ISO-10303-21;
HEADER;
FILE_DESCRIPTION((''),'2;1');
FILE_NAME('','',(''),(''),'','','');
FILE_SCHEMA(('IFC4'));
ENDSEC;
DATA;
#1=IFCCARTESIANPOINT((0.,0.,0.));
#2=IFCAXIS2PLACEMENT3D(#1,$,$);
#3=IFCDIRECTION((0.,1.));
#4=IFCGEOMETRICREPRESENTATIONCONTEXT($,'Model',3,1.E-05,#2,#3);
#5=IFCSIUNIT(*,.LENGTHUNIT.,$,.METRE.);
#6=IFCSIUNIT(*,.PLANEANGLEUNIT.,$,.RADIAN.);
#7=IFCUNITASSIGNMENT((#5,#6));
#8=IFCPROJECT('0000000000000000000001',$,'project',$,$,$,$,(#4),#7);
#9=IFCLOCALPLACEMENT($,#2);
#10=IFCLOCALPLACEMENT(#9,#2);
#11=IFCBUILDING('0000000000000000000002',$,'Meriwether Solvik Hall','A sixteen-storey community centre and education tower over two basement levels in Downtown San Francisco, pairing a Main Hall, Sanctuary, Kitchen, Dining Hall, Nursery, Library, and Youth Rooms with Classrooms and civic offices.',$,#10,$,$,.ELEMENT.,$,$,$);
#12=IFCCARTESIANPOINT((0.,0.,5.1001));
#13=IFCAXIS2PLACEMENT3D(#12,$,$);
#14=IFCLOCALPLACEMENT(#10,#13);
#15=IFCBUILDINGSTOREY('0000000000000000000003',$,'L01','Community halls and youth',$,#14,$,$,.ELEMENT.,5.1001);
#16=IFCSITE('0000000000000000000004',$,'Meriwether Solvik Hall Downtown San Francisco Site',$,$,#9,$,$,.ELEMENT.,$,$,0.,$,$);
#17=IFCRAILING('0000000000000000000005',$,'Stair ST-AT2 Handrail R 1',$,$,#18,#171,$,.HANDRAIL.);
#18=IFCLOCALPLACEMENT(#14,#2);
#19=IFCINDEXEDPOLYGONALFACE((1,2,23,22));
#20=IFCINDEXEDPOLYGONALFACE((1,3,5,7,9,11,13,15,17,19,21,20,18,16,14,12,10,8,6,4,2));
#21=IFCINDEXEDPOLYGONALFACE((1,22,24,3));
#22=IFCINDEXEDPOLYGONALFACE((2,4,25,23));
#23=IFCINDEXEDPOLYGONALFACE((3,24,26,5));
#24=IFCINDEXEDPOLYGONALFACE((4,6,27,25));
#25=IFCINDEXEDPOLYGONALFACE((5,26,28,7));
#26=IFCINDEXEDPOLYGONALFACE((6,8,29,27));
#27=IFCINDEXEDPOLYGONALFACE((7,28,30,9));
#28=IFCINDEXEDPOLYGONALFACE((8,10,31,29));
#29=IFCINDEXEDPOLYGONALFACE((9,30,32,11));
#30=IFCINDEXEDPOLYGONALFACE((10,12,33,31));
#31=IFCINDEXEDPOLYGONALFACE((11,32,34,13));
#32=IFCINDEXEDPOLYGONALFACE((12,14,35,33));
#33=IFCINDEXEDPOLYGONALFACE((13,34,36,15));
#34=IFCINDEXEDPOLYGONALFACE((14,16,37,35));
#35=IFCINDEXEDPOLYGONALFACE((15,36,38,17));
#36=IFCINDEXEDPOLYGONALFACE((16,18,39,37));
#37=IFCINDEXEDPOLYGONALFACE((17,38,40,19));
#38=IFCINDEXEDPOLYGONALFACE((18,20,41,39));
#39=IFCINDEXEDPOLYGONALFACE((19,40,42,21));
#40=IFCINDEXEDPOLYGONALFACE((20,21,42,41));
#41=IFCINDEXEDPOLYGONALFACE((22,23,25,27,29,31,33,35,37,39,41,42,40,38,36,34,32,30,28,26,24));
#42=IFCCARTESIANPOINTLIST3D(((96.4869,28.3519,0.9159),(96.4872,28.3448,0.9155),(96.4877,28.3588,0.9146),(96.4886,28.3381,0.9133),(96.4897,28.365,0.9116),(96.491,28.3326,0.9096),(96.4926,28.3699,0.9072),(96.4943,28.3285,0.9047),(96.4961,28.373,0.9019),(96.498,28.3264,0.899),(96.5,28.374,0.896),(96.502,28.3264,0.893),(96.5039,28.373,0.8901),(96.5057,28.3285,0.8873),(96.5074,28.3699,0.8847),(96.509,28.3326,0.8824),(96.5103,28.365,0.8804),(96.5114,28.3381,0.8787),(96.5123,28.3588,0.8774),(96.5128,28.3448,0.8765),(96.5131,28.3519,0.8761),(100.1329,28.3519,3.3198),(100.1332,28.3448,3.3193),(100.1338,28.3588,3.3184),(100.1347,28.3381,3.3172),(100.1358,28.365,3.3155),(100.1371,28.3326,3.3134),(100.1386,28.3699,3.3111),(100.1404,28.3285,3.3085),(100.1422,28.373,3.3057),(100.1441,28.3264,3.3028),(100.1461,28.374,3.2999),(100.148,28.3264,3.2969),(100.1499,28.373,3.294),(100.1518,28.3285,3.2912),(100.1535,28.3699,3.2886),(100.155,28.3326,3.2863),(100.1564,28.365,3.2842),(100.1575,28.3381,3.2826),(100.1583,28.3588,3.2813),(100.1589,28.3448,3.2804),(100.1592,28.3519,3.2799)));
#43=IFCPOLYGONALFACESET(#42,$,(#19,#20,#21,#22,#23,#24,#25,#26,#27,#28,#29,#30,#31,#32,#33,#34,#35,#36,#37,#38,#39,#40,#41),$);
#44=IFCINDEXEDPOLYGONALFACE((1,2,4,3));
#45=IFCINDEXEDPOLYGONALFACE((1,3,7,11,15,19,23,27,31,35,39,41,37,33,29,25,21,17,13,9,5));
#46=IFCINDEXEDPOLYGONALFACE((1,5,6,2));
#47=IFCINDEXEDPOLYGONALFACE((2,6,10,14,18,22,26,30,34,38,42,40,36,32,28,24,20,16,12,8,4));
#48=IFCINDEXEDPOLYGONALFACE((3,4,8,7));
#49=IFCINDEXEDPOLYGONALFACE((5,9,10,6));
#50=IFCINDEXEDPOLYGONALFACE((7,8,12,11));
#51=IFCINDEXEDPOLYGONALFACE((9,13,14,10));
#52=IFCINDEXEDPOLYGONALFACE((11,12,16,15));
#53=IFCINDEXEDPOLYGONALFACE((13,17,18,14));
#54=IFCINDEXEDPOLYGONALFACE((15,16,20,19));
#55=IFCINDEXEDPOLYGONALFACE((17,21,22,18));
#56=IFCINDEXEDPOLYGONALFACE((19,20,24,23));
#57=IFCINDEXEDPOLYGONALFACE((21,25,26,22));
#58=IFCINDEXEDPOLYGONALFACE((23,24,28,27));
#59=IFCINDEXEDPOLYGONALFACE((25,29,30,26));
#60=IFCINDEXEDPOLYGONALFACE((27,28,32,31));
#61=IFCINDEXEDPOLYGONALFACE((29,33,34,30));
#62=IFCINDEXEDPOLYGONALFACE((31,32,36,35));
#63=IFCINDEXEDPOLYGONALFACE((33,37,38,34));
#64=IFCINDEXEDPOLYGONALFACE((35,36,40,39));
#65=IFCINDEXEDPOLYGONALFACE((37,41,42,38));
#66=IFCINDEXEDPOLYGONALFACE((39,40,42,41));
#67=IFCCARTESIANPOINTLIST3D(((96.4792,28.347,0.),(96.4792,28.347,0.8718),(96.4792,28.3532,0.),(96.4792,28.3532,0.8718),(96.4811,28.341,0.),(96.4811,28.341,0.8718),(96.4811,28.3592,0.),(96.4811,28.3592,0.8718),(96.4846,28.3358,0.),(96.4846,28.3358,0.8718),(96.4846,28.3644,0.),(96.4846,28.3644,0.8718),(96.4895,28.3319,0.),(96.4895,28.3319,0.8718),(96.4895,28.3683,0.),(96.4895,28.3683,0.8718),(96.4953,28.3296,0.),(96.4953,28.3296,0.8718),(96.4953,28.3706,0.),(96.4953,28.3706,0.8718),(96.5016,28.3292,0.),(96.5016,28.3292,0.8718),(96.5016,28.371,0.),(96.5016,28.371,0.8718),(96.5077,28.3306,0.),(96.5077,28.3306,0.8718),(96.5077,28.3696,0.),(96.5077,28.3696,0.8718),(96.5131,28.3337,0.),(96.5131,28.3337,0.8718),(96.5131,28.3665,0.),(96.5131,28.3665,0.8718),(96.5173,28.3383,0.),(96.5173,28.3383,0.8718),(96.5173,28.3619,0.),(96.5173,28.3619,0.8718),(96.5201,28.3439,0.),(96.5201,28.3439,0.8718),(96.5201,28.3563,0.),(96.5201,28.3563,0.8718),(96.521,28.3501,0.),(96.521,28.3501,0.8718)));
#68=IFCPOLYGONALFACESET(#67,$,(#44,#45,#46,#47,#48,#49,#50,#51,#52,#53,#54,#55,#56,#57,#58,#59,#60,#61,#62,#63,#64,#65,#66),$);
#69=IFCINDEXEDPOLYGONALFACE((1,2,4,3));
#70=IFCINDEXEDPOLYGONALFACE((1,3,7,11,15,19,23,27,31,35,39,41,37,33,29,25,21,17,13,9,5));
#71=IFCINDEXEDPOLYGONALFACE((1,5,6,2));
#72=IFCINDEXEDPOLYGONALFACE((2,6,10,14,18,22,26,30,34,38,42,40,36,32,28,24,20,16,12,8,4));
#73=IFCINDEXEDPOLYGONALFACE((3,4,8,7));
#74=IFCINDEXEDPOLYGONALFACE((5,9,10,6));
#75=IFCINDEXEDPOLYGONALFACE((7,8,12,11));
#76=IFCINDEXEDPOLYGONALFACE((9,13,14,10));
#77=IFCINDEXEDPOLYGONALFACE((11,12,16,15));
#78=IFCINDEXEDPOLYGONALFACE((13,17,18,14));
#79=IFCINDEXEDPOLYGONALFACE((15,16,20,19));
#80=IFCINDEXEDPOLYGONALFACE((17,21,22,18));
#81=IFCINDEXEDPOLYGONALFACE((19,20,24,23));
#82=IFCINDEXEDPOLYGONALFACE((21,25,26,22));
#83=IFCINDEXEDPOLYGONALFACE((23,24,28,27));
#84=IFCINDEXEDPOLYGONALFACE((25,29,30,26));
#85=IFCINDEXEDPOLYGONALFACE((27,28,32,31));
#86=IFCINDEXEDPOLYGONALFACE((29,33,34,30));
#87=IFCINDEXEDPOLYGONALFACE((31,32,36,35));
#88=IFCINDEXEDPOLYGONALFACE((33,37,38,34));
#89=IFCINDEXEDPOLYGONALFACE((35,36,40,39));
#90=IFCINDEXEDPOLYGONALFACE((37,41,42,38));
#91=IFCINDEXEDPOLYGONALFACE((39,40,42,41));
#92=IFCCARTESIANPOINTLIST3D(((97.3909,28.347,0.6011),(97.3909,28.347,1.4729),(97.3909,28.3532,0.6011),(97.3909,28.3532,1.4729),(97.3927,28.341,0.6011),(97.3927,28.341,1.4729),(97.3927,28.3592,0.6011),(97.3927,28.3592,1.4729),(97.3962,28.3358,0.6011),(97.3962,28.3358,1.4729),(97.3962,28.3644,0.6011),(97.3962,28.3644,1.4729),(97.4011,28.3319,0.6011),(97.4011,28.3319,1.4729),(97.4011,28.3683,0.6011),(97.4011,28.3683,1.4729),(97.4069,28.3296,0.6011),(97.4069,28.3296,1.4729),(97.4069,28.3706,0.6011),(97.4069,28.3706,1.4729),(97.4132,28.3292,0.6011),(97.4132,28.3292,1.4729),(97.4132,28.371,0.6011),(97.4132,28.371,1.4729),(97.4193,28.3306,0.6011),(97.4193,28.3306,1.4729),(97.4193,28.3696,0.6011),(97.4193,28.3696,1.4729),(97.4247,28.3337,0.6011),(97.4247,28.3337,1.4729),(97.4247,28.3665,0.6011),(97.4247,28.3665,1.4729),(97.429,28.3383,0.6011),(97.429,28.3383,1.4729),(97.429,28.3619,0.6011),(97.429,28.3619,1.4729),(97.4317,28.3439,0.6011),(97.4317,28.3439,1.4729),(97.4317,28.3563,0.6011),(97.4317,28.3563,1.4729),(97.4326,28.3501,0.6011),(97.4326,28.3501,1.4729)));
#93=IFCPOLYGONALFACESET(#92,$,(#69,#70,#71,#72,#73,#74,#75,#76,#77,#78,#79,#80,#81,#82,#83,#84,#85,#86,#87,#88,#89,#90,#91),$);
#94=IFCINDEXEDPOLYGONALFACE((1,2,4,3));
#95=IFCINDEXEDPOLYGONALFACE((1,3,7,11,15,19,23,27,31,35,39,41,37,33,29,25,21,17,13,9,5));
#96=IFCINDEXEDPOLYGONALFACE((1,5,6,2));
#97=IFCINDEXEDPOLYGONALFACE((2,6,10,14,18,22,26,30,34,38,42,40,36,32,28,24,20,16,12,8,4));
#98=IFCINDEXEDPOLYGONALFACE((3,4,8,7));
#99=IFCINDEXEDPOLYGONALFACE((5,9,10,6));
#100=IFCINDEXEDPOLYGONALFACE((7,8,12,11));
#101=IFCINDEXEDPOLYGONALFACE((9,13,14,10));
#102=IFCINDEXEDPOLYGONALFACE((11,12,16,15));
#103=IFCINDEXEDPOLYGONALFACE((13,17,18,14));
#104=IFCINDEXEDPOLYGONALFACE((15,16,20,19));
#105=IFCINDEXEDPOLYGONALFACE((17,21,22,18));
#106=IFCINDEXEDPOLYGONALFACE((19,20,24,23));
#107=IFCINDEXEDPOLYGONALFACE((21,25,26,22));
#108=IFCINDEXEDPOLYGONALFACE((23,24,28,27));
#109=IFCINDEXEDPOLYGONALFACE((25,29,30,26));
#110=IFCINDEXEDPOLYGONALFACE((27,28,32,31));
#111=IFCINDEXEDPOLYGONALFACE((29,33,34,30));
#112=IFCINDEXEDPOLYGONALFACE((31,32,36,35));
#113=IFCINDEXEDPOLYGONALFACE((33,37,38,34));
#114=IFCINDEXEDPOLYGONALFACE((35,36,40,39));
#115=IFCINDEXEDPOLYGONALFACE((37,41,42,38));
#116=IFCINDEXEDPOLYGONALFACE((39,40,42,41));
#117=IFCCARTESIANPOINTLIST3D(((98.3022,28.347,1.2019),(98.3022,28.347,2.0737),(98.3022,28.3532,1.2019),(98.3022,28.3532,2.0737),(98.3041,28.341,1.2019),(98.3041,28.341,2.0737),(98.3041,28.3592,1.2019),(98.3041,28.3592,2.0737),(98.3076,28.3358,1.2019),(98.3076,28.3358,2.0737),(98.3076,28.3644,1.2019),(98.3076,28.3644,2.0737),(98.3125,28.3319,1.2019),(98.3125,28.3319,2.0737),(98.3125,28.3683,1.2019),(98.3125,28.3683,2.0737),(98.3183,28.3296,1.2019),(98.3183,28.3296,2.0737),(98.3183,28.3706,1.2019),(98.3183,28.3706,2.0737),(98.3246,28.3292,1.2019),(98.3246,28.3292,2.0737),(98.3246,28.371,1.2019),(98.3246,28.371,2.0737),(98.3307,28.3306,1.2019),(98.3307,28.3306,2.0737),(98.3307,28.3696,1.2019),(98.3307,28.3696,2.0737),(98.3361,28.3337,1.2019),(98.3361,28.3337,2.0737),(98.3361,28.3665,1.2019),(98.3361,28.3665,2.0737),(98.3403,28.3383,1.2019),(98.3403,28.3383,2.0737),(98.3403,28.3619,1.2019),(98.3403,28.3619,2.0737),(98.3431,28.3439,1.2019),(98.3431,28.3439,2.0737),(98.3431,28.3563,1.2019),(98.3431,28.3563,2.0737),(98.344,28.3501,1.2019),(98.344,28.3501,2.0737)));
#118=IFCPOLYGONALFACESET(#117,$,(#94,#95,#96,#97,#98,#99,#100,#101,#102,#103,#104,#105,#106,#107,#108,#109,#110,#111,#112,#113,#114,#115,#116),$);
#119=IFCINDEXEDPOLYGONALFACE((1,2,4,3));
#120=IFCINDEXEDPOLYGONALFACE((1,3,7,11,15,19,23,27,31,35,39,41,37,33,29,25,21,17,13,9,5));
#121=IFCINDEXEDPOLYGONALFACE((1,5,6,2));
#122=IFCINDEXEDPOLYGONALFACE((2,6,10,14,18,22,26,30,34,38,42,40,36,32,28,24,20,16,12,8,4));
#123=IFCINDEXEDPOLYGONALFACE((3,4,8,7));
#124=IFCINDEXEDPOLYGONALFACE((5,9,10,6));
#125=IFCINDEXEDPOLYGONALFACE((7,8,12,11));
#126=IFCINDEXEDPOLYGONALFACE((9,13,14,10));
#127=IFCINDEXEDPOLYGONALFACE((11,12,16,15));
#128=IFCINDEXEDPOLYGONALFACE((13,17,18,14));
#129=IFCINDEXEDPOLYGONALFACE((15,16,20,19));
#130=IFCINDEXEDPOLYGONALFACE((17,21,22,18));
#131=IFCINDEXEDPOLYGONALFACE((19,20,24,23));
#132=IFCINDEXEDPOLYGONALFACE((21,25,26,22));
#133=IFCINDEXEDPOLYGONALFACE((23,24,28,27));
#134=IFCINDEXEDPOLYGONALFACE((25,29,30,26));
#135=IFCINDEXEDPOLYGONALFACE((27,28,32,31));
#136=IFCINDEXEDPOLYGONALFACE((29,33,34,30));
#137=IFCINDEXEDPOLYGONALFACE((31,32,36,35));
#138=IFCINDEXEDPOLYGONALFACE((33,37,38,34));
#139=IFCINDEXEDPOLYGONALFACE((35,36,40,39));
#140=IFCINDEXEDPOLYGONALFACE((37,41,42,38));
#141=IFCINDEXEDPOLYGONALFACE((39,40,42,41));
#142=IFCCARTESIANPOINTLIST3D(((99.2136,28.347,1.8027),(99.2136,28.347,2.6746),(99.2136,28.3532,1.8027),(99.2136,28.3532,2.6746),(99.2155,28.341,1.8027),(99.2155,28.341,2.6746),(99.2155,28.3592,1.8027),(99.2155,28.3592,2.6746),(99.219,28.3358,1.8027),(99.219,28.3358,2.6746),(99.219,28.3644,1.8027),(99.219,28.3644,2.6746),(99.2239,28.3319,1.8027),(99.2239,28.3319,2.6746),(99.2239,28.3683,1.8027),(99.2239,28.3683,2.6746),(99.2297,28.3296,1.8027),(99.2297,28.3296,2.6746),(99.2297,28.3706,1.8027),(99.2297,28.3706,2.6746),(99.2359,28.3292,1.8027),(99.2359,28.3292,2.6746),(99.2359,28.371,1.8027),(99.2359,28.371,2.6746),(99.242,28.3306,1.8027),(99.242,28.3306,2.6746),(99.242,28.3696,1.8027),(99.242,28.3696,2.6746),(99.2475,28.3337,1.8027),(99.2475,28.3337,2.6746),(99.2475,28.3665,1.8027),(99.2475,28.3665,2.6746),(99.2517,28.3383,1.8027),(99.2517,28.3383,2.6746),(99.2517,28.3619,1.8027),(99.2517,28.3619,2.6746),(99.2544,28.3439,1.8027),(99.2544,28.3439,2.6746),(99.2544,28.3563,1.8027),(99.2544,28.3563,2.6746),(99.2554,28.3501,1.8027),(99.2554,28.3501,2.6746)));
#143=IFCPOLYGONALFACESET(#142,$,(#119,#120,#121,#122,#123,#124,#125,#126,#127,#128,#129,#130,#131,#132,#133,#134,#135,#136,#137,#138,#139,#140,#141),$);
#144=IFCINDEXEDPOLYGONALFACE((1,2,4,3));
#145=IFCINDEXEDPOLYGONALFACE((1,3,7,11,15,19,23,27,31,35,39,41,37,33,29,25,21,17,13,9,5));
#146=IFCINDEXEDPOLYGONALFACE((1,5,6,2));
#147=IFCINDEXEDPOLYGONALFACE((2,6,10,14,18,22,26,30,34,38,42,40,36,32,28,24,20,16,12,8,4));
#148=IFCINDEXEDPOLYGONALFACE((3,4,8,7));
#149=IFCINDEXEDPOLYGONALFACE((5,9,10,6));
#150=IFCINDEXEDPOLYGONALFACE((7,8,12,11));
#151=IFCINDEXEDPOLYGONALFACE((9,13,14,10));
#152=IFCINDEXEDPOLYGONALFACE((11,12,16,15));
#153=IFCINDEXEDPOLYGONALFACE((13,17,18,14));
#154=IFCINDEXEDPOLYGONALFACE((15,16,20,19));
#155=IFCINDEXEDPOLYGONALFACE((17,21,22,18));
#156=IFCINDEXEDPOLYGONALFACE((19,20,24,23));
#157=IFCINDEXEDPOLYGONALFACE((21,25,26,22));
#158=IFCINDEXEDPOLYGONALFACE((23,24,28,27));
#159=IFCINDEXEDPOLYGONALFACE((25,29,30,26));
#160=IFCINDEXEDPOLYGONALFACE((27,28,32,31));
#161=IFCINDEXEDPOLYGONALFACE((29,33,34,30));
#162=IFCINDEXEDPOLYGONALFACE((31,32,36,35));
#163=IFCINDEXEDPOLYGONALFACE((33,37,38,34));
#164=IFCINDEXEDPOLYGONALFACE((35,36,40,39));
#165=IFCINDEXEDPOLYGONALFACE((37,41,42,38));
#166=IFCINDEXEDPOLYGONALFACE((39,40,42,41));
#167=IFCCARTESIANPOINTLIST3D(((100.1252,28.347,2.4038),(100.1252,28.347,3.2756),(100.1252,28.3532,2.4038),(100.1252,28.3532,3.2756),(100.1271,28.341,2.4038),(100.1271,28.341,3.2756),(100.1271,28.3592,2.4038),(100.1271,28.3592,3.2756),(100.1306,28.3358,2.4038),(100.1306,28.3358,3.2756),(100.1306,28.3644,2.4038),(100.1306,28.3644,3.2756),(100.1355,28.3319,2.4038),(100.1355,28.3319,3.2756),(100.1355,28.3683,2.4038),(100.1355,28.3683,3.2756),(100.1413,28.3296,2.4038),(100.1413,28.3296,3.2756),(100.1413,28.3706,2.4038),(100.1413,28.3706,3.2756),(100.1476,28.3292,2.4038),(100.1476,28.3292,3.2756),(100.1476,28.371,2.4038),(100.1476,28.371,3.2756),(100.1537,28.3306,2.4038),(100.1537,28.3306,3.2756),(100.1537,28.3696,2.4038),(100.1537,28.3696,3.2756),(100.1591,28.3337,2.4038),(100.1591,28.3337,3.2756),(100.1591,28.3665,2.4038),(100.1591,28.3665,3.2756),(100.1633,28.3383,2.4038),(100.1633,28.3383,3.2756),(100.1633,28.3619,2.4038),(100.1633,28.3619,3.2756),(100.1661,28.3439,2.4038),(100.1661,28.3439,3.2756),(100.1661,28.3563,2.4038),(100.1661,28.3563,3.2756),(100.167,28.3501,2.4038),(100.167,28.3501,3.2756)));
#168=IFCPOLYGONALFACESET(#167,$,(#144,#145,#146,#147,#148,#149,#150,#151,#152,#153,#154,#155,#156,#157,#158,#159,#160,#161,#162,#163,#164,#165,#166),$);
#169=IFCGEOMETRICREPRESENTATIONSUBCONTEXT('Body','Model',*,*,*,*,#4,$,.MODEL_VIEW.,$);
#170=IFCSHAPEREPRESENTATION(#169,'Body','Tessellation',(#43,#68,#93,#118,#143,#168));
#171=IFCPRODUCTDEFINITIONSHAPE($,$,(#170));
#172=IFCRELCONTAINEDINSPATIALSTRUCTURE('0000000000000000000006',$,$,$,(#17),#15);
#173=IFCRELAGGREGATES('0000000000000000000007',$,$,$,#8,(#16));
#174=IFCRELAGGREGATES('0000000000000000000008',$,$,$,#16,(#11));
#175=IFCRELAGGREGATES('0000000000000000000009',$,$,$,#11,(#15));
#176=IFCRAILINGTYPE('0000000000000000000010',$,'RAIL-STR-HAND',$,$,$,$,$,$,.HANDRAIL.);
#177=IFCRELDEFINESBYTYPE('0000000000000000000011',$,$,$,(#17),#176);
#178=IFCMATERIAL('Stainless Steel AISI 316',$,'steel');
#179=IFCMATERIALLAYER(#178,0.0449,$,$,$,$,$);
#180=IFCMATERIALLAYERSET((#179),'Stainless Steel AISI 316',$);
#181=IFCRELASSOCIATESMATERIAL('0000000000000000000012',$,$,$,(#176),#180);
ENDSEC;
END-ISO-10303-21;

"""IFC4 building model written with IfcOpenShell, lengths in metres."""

from ifc_helpers import new_model, si_unit, direction, frame, origin, origin_2d, place, context, subcontext, project, spatial, circle, extrude, material, layer, layer_set, type_object, element, save


model = new_model("IFC4")

# Units and contexts
model_context = context("Model", 3, precision=1e-05, world=origin(), true_north=direction((0.0, 1.0)))
body_context = subcontext(model_context, "Body", "Model", "MODEL_VIEW")
ifc_project = project(units=[si_unit("LENGTHUNIT", "METRE"), si_unit("PLANEANGLEUNIT", "RADIAN")], contexts=[model_context])

# Site, building, storey
site_placement = place(None, origin())
site = spatial("IfcSite", under=ifc_project, at=site_placement, Name="Meriwether Solvik Hall Downtown San Francisco Site", CompositionType="ELEMENT", RefElevation=0.0)
building_placement = place(site_placement, origin())
building = spatial("IfcBuilding", under=site, at=building_placement, Name="Meriwether Solvik Hall", Description="A sixteen-storey community centre and education tower over two basement levels in Downtown San Francisco, pairing a Main Hall, Sanctuary, Kitchen, Dining Hall, Nursery, Library, and Youth Rooms with Classrooms and civic offices.", CompositionType="ELEMENT")
storey_placement = place(building_placement, frame((0.0, 0.0, 5.1001)))
storey = spatial("IfcBuildingStorey", under=building, at=storey_placement, Name="L01", Description="Community halls and youth", CompositionType="ELEMENT", Elevation=5.1001)

# Railing
ifc_material_1 = material(Name="Stainless Steel AISI 316", Category="steel")
ifc_layer_1 = layer(ifc_material_1, 0.0449)
ifc_layer_set_1 = layer_set([ifc_layer_1], Name="Stainless Steel AISI 316")
railing_type_1 = type_object("IfcRailingType", Name="RAIL-STR-HAND", PredefinedType="HANDRAIL", material=ifc_layer_set_1)
railing_1_placement = place(storey_placement, frame((96.5, 28.3501, 0.0)))
element("IfcRailing", 1, at=railing_1_placement, inside=storey, type_object=railing_type_1, Name="Stair ST-AT2 Handrail R 1", PredefinedType="HANDRAIL", context=body_context, shape_type="SweptSolid", body=[
    extrude(circle(Radius=0.0239, at=origin_2d()), frame((0.0, 0.0, 0.896), z_axis=(0.834878, 0.0, 0.550436), x_axis=(0.0, 1.0, 0.0)), (0.0, 0.0, 1.0), 4.3672),
    extrude(circle(Radius=0.021, at=origin_2d()), origin(), (0.0, 0.0, 1.0), 0.8718),
    extrude(circle(Radius=0.021, at=origin_2d()), frame((0.9116, 0.0, 0.6011)), (0.0, 0.0, 1.0), 0.8718),
    extrude(circle(Radius=0.021, at=origin_2d()), frame((1.823, 0.0, 1.2019)), (0.0, 0.0, 1.0), 0.8718),
    extrude(circle(Radius=0.021, at=origin_2d()), frame((2.7344, 0.0, 1.8027)), (0.0, 0.0, 1.0), 0.8718),
    extrude(circle(Radius=0.021, at=origin_2d()), frame((3.646, 0.0, 2.4038)), (0.0, 0.0, 1.0), 0.8718),
])

save(model, "model.ifc")
